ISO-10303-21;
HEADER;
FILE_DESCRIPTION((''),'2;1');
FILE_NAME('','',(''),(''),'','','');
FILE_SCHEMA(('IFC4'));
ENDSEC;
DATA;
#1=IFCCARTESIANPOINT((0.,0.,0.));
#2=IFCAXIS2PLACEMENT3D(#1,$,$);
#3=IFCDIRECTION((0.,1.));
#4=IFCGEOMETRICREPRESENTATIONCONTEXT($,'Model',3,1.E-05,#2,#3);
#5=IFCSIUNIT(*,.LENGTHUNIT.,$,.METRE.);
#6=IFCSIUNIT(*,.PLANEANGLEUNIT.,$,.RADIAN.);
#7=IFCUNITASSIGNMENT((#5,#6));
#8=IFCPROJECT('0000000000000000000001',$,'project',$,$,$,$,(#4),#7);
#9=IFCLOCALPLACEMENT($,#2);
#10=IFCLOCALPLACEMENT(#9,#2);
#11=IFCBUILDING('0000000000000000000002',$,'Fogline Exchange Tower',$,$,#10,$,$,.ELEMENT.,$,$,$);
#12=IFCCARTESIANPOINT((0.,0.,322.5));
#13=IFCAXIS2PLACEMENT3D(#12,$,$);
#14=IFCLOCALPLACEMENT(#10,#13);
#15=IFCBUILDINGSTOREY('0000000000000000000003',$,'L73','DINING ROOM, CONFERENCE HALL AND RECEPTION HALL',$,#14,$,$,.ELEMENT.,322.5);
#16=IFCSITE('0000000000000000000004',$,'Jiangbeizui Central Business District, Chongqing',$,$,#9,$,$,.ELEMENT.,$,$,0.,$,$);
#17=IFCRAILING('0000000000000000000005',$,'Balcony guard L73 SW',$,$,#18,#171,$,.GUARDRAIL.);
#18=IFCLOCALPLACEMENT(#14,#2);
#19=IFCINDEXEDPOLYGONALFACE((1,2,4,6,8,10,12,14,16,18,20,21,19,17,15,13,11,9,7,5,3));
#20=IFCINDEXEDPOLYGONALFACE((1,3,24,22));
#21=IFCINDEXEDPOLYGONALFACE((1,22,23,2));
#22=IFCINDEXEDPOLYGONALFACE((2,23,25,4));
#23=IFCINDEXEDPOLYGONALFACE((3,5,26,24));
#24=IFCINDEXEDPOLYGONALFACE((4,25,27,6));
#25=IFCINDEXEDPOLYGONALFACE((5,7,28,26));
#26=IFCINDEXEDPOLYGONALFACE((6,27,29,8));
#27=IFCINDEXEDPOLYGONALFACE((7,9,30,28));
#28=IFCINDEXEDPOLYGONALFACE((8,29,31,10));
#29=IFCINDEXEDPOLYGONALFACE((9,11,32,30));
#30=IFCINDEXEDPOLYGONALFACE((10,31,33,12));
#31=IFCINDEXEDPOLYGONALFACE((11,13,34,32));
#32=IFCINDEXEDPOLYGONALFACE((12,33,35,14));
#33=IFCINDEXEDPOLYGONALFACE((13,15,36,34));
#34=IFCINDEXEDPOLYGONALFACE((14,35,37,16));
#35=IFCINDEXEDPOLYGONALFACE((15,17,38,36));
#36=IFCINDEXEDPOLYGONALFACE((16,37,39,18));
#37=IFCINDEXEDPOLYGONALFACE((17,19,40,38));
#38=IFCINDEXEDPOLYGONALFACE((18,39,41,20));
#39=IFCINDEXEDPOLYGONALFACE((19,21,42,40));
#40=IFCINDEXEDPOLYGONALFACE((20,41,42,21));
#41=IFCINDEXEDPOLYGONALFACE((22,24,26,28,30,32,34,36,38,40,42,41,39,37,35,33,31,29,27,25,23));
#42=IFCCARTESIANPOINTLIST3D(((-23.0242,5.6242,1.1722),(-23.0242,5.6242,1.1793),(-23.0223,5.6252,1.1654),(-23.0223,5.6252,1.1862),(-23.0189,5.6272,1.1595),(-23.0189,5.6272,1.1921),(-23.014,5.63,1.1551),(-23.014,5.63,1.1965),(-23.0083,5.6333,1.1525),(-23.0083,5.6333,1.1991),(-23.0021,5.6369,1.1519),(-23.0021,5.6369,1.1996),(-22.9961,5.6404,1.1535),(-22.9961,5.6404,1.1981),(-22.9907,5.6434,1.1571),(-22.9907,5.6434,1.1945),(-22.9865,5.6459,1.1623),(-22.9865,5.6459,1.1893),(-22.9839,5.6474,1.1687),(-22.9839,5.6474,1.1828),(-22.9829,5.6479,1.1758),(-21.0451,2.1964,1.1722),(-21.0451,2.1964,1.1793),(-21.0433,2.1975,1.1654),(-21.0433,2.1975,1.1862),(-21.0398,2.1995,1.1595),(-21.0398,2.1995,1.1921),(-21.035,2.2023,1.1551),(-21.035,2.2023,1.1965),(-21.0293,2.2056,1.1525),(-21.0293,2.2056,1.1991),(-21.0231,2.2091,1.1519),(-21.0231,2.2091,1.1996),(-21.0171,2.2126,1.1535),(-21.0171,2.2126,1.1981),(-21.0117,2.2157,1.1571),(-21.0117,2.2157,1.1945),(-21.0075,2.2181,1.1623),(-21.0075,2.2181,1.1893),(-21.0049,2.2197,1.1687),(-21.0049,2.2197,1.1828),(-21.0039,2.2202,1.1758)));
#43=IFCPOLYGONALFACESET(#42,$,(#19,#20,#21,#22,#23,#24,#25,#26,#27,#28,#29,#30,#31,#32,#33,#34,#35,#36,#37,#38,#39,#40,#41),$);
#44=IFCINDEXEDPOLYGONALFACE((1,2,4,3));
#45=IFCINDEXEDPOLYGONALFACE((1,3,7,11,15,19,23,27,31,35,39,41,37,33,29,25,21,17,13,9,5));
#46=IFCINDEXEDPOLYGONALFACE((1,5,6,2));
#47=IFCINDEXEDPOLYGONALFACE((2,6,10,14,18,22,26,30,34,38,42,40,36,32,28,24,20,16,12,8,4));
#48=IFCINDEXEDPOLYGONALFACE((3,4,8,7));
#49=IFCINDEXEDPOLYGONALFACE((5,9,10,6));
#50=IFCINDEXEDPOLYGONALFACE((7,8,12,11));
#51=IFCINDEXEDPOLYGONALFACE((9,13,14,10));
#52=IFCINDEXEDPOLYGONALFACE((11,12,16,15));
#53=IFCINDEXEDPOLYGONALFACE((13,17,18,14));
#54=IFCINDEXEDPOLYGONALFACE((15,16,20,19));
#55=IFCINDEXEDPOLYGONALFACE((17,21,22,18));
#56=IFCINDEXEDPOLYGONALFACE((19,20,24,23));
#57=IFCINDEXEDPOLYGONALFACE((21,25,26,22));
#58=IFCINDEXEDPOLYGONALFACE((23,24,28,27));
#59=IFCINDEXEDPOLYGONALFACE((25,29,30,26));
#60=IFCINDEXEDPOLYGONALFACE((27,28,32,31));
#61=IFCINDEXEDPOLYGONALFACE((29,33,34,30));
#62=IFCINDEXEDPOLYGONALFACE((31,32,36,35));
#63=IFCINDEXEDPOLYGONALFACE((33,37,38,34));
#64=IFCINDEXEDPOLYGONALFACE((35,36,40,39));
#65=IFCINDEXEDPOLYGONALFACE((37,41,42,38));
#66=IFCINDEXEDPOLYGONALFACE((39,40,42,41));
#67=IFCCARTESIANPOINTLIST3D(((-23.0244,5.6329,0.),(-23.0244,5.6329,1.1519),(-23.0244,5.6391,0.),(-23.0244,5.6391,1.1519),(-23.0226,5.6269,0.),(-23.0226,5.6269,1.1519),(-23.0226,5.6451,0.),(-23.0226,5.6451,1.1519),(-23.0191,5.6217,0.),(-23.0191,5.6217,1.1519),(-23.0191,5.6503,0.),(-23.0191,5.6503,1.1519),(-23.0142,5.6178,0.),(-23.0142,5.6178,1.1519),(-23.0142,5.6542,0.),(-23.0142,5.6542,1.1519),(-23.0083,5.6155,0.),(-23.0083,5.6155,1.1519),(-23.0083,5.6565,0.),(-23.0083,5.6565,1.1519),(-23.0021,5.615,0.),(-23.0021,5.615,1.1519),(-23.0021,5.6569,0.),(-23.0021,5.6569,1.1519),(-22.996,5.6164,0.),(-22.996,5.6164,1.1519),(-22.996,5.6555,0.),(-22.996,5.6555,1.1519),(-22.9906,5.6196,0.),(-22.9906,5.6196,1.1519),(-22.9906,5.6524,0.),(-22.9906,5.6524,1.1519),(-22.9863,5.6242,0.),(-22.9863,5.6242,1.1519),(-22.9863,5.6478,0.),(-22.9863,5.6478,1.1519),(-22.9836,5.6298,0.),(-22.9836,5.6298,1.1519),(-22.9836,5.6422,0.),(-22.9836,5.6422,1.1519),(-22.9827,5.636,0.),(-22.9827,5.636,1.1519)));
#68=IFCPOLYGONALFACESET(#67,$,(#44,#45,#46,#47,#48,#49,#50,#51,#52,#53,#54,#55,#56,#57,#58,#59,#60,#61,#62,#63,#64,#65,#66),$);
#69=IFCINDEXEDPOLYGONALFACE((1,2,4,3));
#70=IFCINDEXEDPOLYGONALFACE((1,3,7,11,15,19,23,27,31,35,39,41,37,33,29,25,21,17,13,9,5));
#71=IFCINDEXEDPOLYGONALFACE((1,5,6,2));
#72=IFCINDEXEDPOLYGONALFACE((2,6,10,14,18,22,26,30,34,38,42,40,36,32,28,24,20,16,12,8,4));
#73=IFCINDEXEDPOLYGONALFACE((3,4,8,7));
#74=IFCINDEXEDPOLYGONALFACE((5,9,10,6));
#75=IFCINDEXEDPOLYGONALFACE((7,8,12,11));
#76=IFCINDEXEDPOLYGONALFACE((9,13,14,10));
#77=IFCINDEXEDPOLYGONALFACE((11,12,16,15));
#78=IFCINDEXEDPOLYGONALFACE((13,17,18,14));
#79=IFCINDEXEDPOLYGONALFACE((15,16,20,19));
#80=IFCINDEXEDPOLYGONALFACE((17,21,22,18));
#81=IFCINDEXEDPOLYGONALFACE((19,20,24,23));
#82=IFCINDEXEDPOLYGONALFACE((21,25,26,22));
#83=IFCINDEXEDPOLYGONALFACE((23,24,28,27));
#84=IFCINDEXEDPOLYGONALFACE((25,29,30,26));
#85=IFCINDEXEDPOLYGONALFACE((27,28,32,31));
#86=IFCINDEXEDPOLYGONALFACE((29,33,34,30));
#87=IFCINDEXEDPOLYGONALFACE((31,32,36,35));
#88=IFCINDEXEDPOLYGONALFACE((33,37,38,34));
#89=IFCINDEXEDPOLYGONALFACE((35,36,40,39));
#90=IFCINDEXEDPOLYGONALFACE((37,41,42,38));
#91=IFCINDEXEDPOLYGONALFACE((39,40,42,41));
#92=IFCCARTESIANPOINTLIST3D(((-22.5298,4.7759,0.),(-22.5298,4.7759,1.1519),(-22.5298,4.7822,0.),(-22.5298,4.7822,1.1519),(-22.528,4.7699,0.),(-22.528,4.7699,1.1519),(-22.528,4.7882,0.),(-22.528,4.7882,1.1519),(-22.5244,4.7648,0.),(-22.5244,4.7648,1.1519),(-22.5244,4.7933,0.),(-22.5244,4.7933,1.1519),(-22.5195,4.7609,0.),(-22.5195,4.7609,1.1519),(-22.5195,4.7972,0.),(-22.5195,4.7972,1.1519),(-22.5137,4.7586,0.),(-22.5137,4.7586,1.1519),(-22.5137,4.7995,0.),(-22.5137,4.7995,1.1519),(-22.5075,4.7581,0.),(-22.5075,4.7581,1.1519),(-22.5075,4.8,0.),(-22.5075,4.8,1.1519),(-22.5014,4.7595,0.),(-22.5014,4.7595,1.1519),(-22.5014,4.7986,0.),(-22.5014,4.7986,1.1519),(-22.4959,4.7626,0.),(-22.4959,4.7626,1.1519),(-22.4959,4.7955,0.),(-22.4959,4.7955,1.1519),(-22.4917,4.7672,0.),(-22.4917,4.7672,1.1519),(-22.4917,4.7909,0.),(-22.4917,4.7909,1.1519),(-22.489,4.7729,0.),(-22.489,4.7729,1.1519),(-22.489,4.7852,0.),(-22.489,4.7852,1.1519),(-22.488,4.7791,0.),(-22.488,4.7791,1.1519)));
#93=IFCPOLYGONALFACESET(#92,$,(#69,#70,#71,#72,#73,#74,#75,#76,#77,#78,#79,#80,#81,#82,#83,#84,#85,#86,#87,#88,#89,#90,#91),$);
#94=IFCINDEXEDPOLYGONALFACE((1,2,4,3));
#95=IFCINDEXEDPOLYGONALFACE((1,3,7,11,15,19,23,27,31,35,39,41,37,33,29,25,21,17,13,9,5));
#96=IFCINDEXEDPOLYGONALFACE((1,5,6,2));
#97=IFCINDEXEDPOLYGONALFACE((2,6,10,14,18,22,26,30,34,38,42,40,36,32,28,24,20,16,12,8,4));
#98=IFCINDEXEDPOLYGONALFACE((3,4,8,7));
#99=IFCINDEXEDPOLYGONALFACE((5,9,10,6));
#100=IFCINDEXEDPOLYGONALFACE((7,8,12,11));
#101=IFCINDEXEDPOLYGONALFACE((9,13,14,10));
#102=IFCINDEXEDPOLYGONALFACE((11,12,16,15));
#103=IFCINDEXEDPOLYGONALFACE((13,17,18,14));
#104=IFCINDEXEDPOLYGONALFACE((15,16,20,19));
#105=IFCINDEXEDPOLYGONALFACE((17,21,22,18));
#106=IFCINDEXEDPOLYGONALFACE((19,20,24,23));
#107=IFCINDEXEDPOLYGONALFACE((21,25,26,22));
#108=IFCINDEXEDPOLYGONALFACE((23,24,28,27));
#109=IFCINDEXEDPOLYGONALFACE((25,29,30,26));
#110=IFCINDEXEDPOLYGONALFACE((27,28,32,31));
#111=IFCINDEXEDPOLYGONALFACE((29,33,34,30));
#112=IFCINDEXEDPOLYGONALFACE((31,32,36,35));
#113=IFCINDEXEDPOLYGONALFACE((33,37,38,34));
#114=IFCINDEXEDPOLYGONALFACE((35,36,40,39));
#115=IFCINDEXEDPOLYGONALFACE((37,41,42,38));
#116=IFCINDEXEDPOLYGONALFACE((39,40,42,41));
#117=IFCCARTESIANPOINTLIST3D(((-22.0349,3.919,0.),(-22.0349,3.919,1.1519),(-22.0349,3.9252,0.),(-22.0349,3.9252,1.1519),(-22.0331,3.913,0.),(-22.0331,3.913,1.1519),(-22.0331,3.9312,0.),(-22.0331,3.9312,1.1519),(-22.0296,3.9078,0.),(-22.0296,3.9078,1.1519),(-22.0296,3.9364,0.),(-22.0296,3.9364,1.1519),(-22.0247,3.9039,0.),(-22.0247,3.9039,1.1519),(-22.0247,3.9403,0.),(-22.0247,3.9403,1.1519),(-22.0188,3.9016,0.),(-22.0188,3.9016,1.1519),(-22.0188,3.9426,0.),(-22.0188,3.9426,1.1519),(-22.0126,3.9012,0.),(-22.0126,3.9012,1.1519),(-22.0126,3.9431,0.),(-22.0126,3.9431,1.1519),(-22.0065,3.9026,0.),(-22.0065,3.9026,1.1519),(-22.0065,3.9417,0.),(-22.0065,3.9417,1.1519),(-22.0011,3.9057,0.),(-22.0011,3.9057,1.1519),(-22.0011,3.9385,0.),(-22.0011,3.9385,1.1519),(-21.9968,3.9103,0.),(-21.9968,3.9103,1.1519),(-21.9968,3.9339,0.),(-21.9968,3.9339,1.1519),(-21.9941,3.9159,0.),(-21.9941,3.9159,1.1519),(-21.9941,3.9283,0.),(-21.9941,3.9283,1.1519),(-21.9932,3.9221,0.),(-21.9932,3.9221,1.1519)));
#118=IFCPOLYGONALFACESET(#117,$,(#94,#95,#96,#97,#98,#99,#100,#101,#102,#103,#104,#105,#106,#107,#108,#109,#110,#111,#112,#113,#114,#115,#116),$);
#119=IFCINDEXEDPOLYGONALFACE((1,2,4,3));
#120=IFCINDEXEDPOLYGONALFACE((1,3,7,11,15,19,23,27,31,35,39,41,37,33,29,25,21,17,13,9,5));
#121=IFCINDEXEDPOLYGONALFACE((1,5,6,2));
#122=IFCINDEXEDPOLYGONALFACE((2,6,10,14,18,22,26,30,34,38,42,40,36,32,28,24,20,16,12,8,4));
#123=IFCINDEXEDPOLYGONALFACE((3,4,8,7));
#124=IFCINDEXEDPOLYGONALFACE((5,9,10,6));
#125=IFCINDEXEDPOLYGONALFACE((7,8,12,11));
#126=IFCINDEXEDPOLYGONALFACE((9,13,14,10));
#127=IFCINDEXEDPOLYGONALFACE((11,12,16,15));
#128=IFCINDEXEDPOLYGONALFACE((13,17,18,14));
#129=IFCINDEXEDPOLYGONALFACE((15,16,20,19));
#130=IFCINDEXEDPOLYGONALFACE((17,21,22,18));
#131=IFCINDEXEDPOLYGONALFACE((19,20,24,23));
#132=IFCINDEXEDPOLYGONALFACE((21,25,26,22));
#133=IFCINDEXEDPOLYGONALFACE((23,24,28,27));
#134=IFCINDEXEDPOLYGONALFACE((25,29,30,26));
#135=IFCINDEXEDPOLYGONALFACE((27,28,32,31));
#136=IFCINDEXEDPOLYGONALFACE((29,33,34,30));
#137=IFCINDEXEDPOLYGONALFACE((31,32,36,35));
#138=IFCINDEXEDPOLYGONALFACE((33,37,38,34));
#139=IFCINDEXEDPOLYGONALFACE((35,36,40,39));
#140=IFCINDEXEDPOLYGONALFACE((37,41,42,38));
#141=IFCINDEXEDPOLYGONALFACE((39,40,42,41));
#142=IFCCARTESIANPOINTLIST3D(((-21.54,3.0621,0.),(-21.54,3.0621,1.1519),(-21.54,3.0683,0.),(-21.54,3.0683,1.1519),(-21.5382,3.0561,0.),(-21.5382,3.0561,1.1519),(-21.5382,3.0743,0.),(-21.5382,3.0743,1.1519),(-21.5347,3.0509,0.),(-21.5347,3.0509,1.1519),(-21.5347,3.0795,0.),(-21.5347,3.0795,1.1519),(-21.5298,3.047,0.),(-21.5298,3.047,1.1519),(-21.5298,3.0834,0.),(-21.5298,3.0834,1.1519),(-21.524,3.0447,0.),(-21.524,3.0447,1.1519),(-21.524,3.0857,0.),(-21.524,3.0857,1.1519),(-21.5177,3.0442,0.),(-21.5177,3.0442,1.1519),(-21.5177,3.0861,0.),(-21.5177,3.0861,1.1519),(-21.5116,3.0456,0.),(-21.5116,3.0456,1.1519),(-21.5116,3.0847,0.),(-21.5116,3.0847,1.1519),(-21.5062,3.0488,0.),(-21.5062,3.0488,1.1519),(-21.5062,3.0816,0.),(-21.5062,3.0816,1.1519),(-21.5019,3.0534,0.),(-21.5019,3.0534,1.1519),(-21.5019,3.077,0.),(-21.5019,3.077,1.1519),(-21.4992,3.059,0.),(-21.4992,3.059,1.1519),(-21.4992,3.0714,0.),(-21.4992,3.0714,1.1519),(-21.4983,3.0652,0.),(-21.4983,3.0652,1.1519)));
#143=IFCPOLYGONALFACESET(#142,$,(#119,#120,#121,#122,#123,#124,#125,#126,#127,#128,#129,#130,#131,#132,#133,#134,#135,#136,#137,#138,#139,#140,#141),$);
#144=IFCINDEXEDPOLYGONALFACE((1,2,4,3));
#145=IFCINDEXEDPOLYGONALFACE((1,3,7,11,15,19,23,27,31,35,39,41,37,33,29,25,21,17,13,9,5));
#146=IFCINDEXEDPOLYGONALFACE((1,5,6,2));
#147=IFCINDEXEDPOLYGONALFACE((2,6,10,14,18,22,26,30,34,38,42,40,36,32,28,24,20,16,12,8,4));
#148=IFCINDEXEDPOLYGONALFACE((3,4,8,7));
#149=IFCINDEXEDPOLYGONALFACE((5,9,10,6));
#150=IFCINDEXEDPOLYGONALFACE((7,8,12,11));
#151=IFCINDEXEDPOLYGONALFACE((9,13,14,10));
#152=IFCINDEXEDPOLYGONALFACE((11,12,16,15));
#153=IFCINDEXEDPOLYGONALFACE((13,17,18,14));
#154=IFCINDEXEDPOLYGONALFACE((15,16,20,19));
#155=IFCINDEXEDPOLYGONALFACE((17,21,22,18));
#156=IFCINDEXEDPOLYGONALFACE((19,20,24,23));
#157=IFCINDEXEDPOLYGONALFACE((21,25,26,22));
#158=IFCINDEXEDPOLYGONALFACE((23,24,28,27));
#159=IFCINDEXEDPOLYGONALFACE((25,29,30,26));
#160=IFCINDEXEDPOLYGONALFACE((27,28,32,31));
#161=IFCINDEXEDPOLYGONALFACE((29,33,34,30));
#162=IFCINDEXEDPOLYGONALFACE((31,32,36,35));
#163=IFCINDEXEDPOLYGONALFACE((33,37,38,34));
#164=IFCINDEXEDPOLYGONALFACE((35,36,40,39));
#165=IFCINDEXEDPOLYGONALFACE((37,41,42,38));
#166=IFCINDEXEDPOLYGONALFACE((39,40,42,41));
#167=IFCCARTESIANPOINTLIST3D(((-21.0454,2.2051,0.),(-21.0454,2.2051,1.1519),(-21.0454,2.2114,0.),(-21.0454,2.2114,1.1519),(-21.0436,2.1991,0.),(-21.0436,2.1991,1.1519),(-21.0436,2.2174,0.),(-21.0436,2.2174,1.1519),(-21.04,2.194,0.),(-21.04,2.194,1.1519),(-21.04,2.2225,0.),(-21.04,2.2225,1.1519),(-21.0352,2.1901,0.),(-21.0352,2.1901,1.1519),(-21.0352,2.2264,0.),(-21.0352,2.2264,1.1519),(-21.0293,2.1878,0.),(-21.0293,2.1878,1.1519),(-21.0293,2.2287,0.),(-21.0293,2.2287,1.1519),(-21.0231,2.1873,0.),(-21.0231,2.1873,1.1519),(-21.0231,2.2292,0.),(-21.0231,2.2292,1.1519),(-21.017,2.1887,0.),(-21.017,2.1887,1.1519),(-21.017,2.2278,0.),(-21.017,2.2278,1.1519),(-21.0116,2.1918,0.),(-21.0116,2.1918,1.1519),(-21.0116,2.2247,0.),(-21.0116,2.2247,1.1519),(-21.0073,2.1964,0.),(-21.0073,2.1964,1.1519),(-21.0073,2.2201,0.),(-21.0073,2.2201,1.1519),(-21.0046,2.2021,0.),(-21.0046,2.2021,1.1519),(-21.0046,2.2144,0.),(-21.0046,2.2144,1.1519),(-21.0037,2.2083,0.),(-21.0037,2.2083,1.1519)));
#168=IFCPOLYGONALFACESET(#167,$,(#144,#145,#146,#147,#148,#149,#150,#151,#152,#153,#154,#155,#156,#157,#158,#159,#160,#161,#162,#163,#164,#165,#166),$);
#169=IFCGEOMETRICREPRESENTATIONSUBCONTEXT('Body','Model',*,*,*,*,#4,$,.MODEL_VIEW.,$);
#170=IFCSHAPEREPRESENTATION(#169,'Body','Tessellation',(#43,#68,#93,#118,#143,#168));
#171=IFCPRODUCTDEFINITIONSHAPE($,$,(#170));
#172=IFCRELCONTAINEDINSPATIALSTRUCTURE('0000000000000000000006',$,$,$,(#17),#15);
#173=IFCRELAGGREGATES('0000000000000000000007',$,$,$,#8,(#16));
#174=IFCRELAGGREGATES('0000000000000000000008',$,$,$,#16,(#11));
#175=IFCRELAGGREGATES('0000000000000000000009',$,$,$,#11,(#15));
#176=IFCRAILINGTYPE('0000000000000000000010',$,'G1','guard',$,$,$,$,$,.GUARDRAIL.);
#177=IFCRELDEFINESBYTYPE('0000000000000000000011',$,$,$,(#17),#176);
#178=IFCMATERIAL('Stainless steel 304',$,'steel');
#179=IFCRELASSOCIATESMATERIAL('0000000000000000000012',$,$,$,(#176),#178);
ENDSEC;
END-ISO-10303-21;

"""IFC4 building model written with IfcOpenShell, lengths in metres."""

from ifc_helpers import new_model, si_unit, direction, frame, origin, origin_2d, place, context, subcontext, project, spatial, circle, extrude, material, type_object, element, save


model = new_model("IFC4")

# Units and contexts
model_context = context("Model", 3, precision=1e-05, world=origin(), true_north=direction((0.0, 1.0)))
body_context = subcontext(model_context, "Body", "Model", "MODEL_VIEW")
ifc_project = project(units=[si_unit("LENGTHUNIT", "METRE"), si_unit("PLANEANGLEUNIT", "RADIAN")], contexts=[model_context])

# Site, building, storey
site_placement = place(None, origin())
site = spatial("IfcSite", under=ifc_project, at=site_placement, Name="Jiangbeizui Central Business District, Chongqing", CompositionType="ELEMENT", RefElevation=0.0)
building_placement = place(site_placement, origin())
building = spatial("IfcBuilding", under=site, at=building_placement, Name="Fogline Exchange Tower", CompositionType="ELEMENT")
storey_placement = place(building_placement, frame((0.0, 0.0, 322.5)))
storey = spatial("IfcBuildingStorey", under=building, at=storey_placement, Name="L73", Description="DINING ROOM, CONFERENCE HALL AND RECEPTION HALL", CompositionType="ELEMENT", Elevation=322.5)

# Railing
ifc_material_1 = material(Name="Stainless steel 304", Category="steel")
railing_type = type_object("IfcRailingType", Name="G1", Description="guard", PredefinedType="GUARDRAIL", material=ifc_material_1)
railing_placement = place(storey_placement, frame((-23.0037, 5.636, 0.0)))
element("IfcRailing", 1, at=railing_placement, inside=storey, type_object=railing_type, Name="Balcony guard L73 SW", PredefinedType="GUARDRAIL", context=body_context, shape_type="SweptSolid", body=[
    extrude(circle(Radius=0.0239, at=origin_2d()), frame((0.0, 0.0, 1.1758), z_axis=(0.5, -0.866025, 0.0), x_axis=(0.866025, 0.5, 0.0)), (0.0, 0.0, 1.0), 3.958),
    extrude(circle(Radius=0.021, at=origin_2d()), origin(), (0.0, 0.0, 1.0), 1.1519),
    extrude(circle(Radius=0.021, at=origin_2d()), frame((0.4946, -0.8569, 0.0)), (0.0, 0.0, 1.0), 1.1519),
    extrude(circle(Radius=0.021, at=origin_2d()), frame((0.9895, -1.7139, 0.0)), (0.0, 0.0, 1.0), 1.1519),
    extrude(circle(Radius=0.021, at=origin_2d()), frame((1.4844, -2.5708, 0.0)), (0.0, 0.0, 1.0), 1.1519),
    extrude(circle(Radius=0.021, at=origin_2d()), frame((1.979, -3.4277, 0.0)), (0.0, 0.0, 1.0), 1.1519),
])

save(model, "model.ifc")
